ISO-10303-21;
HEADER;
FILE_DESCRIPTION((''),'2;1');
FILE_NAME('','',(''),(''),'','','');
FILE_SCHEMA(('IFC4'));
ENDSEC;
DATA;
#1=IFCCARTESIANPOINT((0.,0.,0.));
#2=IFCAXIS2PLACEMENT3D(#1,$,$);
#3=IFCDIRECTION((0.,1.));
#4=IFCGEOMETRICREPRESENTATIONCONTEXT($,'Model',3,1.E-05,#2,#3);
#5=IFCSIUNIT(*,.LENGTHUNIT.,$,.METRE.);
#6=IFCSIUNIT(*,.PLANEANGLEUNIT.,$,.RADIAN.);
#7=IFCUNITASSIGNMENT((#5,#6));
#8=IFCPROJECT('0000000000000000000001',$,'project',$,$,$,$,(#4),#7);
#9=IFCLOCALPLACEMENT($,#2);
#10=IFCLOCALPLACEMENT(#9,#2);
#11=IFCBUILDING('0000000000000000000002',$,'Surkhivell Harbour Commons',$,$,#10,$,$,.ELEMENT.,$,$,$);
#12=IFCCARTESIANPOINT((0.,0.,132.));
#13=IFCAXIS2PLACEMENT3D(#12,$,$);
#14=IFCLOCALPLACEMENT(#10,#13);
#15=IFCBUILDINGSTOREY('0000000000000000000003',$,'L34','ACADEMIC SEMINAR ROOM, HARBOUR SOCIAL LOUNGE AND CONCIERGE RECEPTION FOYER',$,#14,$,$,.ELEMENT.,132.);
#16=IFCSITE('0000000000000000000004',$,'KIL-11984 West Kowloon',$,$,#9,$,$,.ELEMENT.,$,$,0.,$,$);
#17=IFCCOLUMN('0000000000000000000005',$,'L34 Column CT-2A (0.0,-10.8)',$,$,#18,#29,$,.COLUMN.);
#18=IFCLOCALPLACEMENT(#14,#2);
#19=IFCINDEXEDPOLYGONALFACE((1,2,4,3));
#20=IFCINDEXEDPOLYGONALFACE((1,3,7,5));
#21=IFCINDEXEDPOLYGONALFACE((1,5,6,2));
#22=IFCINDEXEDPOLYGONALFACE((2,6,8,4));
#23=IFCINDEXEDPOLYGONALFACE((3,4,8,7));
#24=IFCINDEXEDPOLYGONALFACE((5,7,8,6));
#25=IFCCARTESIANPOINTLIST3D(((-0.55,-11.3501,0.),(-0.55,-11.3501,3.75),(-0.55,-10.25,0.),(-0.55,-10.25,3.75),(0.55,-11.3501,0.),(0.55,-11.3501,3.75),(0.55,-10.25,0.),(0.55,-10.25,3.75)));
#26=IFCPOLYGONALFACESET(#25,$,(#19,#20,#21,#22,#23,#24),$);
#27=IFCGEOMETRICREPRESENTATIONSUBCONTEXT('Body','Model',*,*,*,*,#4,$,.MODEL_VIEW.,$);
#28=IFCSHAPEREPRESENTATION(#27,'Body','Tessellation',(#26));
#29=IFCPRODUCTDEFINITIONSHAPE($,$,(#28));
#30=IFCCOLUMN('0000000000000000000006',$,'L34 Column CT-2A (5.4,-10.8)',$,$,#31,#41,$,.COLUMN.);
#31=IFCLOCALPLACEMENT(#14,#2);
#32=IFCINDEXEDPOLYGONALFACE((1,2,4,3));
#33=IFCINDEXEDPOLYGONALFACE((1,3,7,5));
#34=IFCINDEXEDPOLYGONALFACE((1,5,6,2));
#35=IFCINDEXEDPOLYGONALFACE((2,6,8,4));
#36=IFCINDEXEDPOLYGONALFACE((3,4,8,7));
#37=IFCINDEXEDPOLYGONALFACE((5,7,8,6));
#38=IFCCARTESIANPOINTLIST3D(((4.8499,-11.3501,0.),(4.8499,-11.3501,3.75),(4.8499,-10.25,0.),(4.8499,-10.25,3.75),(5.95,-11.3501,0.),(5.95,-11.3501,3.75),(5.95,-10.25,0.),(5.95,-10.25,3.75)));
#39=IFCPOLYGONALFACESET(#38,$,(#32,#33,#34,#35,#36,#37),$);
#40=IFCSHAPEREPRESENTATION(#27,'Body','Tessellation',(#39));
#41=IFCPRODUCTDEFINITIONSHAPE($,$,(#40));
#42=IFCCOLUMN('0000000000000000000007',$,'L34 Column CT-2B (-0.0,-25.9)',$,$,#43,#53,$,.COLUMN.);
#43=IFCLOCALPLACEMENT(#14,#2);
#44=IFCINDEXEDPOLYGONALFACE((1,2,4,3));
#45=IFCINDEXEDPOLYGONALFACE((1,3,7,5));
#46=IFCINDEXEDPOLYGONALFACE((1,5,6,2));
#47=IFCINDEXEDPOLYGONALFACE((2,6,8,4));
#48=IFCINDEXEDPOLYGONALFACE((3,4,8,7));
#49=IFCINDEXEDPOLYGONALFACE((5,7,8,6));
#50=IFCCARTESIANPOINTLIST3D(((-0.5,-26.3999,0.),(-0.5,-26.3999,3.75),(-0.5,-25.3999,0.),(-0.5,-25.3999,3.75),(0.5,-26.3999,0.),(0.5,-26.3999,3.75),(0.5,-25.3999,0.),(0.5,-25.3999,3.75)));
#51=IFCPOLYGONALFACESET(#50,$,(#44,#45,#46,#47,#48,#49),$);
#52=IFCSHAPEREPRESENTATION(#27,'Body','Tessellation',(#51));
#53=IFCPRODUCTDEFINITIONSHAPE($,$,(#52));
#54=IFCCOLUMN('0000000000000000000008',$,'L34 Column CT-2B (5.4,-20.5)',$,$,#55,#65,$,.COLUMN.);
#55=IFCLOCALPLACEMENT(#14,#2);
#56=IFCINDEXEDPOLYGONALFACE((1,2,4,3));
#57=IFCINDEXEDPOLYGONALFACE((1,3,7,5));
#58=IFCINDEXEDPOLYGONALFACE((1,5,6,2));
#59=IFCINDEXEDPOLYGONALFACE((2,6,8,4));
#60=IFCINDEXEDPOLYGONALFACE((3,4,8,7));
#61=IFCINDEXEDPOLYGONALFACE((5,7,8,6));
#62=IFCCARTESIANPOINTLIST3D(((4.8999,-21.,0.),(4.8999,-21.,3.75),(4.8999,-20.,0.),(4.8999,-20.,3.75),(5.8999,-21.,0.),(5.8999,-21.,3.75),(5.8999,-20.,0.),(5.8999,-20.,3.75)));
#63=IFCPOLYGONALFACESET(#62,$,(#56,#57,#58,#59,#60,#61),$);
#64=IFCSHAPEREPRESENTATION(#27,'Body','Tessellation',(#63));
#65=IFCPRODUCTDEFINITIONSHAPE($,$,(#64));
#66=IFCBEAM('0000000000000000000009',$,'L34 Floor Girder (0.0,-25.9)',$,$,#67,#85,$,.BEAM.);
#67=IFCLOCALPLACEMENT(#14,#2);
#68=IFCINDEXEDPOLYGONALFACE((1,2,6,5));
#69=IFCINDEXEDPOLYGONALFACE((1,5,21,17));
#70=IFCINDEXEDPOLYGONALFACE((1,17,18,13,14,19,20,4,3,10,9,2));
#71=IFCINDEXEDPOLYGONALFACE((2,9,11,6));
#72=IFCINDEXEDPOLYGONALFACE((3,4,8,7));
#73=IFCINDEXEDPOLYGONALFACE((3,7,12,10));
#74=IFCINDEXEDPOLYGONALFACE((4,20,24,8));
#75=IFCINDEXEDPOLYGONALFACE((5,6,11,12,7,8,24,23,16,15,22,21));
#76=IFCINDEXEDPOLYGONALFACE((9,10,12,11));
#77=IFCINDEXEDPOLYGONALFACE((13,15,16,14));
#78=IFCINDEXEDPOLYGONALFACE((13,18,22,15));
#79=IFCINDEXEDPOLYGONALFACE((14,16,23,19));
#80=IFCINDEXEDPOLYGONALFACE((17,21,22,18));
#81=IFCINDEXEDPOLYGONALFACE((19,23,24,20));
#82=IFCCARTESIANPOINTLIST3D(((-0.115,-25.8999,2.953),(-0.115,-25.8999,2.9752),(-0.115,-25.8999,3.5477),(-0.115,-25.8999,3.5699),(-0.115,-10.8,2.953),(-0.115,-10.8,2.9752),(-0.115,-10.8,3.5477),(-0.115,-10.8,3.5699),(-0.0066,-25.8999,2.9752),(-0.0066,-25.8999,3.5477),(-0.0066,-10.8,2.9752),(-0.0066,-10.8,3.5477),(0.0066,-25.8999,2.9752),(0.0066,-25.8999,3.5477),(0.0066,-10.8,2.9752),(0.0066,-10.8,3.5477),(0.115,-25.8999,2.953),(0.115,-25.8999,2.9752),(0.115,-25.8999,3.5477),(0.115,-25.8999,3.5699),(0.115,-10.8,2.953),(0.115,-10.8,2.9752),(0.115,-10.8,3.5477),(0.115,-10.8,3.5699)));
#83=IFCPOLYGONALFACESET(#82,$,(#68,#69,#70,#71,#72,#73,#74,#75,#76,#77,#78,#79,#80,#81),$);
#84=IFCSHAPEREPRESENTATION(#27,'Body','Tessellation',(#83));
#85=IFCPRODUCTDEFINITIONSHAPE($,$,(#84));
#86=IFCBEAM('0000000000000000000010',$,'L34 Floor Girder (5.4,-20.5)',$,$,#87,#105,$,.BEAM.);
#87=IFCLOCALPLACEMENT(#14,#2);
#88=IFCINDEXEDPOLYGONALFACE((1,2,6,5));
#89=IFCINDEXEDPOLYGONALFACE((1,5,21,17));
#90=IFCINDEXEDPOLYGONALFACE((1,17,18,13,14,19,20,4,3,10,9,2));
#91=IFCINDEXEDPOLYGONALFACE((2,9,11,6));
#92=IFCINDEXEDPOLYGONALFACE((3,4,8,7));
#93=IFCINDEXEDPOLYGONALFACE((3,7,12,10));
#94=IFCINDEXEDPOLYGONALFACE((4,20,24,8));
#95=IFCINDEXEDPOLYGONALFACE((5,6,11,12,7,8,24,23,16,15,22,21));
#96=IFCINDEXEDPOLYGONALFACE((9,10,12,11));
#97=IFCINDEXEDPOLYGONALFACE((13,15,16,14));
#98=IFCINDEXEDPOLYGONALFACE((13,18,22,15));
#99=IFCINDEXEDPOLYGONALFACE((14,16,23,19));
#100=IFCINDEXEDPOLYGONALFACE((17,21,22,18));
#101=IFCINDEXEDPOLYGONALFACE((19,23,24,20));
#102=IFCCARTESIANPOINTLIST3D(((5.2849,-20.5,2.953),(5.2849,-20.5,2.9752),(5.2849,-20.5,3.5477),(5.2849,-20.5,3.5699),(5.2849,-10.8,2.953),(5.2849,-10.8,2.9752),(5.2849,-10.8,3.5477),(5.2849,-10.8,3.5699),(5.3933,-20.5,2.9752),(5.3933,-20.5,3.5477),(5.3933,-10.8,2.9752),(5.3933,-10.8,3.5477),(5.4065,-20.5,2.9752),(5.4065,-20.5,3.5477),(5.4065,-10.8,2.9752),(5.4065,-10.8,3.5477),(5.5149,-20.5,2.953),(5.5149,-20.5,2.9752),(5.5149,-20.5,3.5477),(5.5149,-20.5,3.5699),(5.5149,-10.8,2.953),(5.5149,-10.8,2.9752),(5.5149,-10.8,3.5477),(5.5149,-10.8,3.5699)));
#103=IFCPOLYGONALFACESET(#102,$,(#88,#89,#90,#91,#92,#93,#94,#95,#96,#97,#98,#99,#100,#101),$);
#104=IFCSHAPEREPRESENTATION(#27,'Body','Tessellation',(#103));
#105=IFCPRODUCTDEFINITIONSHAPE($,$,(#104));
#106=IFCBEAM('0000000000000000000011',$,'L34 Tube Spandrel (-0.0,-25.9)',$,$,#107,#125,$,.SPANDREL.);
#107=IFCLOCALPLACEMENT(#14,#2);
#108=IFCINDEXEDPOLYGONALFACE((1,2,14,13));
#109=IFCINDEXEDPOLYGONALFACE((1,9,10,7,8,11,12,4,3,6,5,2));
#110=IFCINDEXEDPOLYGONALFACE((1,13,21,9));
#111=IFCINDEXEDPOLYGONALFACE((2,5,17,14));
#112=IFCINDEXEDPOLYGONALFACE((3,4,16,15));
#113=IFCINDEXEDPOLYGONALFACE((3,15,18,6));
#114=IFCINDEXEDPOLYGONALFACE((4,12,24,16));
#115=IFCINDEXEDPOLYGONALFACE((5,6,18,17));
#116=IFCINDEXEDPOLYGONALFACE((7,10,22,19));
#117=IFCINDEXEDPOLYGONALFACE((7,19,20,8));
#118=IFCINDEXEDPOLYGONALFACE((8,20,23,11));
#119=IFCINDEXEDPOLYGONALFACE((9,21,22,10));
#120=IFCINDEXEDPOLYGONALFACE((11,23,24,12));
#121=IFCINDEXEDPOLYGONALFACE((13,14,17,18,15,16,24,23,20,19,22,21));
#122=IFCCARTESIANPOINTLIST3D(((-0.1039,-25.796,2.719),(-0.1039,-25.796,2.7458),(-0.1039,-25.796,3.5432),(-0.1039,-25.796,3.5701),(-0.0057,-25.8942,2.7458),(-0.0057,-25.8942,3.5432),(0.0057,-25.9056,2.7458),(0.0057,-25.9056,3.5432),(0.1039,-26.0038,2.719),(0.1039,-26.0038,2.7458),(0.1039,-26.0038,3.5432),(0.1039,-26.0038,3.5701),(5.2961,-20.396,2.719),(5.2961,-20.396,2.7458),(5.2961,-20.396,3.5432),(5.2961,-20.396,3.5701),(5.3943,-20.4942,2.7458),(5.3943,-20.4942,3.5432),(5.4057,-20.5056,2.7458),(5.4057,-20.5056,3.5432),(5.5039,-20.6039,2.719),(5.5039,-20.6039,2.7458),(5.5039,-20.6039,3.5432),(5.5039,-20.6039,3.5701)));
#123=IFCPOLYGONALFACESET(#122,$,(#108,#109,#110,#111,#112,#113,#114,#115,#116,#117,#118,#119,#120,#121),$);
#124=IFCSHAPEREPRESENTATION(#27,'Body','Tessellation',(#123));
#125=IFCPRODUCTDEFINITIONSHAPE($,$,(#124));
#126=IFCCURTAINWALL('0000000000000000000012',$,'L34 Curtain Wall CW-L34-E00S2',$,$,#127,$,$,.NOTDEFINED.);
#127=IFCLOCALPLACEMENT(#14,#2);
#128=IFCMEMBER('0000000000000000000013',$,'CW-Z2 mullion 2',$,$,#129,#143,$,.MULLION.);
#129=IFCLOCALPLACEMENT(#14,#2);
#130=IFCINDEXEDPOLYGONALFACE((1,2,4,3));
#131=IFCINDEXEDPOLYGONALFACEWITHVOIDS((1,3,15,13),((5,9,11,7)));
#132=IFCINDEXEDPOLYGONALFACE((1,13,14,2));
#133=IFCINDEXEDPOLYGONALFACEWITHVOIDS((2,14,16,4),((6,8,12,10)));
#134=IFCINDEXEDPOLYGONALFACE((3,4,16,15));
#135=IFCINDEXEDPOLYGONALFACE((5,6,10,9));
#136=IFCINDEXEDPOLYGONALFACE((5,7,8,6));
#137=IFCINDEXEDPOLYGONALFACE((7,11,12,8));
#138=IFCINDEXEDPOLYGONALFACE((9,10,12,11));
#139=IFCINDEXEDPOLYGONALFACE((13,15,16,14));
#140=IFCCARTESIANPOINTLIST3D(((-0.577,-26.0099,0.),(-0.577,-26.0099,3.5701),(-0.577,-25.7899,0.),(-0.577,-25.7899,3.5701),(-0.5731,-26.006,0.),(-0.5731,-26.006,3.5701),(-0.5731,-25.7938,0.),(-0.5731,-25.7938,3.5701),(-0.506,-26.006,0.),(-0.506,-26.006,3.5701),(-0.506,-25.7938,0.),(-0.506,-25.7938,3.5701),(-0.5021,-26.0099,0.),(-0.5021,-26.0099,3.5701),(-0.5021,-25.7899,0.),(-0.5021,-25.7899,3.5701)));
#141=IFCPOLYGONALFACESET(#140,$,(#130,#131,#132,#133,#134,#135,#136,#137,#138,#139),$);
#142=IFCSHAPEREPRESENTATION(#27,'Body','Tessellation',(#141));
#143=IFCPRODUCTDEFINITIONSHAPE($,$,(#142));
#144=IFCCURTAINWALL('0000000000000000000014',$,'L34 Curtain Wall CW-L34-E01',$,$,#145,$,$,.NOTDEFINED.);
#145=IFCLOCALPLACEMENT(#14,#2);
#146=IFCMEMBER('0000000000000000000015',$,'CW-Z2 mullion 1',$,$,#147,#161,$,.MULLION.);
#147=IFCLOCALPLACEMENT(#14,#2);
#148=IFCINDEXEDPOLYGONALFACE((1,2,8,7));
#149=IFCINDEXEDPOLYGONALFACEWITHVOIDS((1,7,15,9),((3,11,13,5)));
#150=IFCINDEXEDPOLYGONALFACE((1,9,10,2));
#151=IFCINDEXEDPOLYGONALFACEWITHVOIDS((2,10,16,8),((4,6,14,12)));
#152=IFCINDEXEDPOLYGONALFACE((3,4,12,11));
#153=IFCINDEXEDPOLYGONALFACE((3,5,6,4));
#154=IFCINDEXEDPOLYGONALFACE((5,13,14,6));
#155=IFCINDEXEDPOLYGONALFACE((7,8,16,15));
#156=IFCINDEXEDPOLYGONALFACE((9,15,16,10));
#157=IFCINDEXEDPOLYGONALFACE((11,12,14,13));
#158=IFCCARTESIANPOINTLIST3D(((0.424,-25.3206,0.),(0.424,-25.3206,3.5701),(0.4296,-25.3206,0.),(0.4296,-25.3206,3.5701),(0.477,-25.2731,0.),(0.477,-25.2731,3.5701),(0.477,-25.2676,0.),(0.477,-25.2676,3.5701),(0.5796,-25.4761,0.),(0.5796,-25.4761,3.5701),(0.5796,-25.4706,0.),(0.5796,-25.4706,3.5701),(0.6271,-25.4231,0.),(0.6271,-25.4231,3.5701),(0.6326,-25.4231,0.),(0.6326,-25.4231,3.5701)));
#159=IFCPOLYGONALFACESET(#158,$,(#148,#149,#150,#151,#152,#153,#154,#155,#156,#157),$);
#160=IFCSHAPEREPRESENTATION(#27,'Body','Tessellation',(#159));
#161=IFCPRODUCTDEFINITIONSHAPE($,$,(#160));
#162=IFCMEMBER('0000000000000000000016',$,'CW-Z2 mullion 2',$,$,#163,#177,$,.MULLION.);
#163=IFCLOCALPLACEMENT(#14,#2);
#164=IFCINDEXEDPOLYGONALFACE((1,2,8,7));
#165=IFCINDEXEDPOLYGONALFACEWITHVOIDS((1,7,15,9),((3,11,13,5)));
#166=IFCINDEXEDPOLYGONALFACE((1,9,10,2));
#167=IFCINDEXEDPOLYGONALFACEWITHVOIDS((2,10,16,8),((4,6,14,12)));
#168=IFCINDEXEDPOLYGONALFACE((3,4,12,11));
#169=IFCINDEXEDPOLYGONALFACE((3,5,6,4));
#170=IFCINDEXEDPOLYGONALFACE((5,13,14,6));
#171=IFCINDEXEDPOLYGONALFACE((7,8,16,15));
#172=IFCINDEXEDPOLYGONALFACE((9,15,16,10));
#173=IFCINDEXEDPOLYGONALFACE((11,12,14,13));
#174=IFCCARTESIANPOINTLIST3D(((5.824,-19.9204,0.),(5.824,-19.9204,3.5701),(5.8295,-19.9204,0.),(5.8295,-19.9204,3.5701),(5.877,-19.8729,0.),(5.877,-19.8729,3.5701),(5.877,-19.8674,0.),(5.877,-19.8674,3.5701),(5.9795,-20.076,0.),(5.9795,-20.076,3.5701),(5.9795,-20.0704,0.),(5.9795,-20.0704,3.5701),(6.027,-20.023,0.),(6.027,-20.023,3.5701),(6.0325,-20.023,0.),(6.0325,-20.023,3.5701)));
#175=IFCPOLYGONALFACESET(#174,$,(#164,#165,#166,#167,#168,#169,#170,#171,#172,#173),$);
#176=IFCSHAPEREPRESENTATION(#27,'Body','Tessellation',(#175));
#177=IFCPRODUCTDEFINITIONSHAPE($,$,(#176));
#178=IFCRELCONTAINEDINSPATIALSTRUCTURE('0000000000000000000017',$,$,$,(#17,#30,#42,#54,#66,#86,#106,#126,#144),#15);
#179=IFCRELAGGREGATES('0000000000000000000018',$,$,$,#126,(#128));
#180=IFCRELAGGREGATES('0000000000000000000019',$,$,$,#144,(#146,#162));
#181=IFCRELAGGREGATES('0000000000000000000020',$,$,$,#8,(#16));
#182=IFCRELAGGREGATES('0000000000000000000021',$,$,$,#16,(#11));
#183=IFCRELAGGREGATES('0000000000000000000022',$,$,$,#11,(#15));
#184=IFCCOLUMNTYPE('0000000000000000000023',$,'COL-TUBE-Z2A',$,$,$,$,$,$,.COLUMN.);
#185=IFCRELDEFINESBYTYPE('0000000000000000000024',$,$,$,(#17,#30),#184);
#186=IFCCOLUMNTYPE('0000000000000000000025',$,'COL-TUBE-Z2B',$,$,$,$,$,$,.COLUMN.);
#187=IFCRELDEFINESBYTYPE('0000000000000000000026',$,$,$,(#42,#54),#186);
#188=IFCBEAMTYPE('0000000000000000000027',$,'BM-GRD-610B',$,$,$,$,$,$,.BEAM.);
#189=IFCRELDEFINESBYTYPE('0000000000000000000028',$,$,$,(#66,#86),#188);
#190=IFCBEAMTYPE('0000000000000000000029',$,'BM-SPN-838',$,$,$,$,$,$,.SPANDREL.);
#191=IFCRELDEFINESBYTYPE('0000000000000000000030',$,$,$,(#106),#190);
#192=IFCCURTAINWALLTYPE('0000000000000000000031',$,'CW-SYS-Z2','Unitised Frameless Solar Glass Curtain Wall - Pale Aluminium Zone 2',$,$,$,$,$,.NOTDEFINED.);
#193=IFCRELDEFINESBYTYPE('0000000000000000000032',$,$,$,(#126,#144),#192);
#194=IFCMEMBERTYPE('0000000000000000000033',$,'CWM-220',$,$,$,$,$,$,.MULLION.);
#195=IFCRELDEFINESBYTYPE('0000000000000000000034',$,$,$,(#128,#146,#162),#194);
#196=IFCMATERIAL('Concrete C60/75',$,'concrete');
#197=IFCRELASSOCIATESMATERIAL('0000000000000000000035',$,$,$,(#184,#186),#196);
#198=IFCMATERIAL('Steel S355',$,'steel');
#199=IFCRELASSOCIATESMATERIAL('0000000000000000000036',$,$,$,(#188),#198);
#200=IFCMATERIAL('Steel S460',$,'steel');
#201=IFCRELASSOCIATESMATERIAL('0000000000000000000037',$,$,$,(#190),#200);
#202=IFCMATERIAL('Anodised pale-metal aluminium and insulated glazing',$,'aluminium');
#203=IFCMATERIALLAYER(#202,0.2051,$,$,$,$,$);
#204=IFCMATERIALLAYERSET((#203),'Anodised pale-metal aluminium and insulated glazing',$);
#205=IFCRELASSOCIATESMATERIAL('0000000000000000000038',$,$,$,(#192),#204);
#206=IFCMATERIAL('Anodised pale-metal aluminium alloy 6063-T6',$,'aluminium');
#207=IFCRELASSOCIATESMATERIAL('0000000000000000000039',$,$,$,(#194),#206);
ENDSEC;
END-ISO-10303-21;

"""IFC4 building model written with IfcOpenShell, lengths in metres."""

from ifc_helpers import new_model, si_unit, direction, frame, origin, origin_2d, place, context, subcontext, project, spatial, rectangle, hollow_rectangle, i_section, extrude, material, layer, layer_set, material_profile, profile_set, type_object, element, aggregate, save


model = new_model("IFC4")

# Units and contexts
model_context = context("Model", 3, precision=1e-05, world=origin(), true_north=direction((0.0, 1.0)))
body_context = subcontext(model_context, "Body", "Model", "MODEL_VIEW")
ifc_project = project(units=[si_unit("LENGTHUNIT", "METRE"), si_unit("PLANEANGLEUNIT", "RADIAN")], contexts=[model_context])

# Site, building, storey
site_placement = place(None, origin())
site = spatial("IfcSite", under=ifc_project, at=site_placement, Name="KIL-11984 West Kowloon", CompositionType="ELEMENT", RefElevation=0.0)
building_placement = place(site_placement, origin())
building = spatial("IfcBuilding", under=site, at=building_placement, Name="Surkhivell Harbour Commons", CompositionType="ELEMENT")
storey_placement = place(building_placement, frame((0.0, 0.0, 132.0)))
storey = spatial("IfcBuildingStorey", under=building, at=storey_placement, Name="L34", Description="ACADEMIC SEMINAR ROOM, HARBOUR SOCIAL LOUNGE AND CONCIERGE RECEPTION FOYER", CompositionType="ELEMENT", Elevation=132.0)

# Columns
ifc_material_1 = material(Name="Concrete C60/75", Category="concrete")
ifc_material_profile_1 = material_profile(ifc_material_1, rectangle(XDim=1.1001, YDim=1.1001, at=origin_2d()), Name="RC-COL-1100x1100")
ifc_profile_set_1 = profile_set([ifc_material_profile_1], Name="Concrete C60/75")
column_type_1 = type_object("IfcColumnType", Name="COL-TUBE-Z2A", PredefinedType="COLUMN", material=ifc_profile_set_1)
for number, where, z_axis, x_axis, name in (
    (1, (0.0, -10.8, 0.0), (0.0, 0.0, 1.0), (1.0, 0.0, 0.0), "L34 Column CT-2A (0.0,-10.8)"),
    (2, (5.3999, -10.8, 0.0), (0.0, 0.0, 1.0), (1.0, 0.0, 0.0), "L34 Column CT-2A (5.4,-10.8)"),
):
    element("IfcColumn", number, at=place(storey_placement, frame(where, z_axis=z_axis, x_axis=x_axis)), inside=storey, type_object=column_type_1, Name=name, PredefinedType="COLUMN", context=body_context, shape_type="SweptSolid", body=[
        extrude(rectangle(XDim=1.1001, YDim=1.1001, at=origin_2d()), origin(), (0.0, 0.0, 1.0), 3.75),
    ])
ifc_material_profile_2 = material_profile(ifc_material_1, rectangle(XDim=1.0, YDim=1.0, at=origin_2d()), Name="RC-COL-1000x1000")
ifc_profile_set_2 = profile_set([ifc_material_profile_2], Name="Concrete C60/75")
column_type_2 = type_object("IfcColumnType", Name="COL-TUBE-Z2B", PredefinedType="COLUMN", material=ifc_profile_set_2)
for number, where, z_axis, x_axis, name in (
    (3, (0.0, -25.8999, 0.0), (0.0, 0.0, 1.0), (1.0, 0.0, 0.0), "L34 Column CT-2B (-0.0,-25.9)"),
    (4, (5.3999, -20.5, 0.0), (0.0, 0.0, 1.0), (1.0, 0.0, 0.0), "L34 Column CT-2B (5.4,-20.5)"),
):
    element("IfcColumn", number, at=place(storey_placement, frame(where, z_axis=z_axis, x_axis=x_axis)), inside=storey, type_object=column_type_2, Name=name, PredefinedType="COLUMN", context=body_context, shape_type="SweptSolid", body=[
        extrude(rectangle(XDim=1.0, YDim=1.0, at=origin_2d()), origin(), (0.0, 0.0, 1.0), 3.75),
    ])

# Beams
ifc_material_2 = material(Name="Steel S355", Category="steel")
ifc_material_profile_3 = material_profile(ifc_material_2, i_section(OverallWidth=0.23, OverallDepth=0.6169, WebThickness=0.0132, FlangeThickness=0.0222, at=origin_2d()), Name="UB610x229x140")
ifc_profile_set_3 = profile_set([ifc_material_profile_3], Name="Steel S355")
beam_type_1 = type_object("IfcBeamType", Name="BM-GRD-610B", PredefinedType="BEAM", material=ifc_profile_set_3)
beam_1_placement = place(storey_placement, frame((0.0, -25.8999, 3.2615), z_axis=(0.0, 1.0, 0.0), x_axis=(-1.0, 0.0, 0.0)))
element("IfcBeam", 5, at=beam_1_placement, inside=storey, type_object=beam_type_1, Name="L34 Floor Girder (0.0,-25.9)", PredefinedType="BEAM", context=body_context, shape_type="SweptSolid", body=[
    extrude(i_section(OverallWidth=0.23, OverallDepth=0.6169, WebThickness=0.0132, FlangeThickness=0.0222, at=origin_2d()), origin(), (0.0, 0.0, 1.0), 15.0999),
])
beam_2_placement = place(storey_placement, frame((5.3999, -20.5, 3.2615), z_axis=(0.0, 1.0, 0.0), x_axis=(-1.0, 0.0, 0.0)))
element("IfcBeam", 6, at=beam_2_placement, inside=storey, type_object=beam_type_1, Name="L34 Floor Girder (5.4,-20.5)", PredefinedType="BEAM", context=body_context, shape_type="SweptSolid", body=[
    extrude(i_section(OverallWidth=0.23, OverallDepth=0.6169, WebThickness=0.0132, FlangeThickness=0.0222, at=origin_2d()), origin(), (0.0, 0.0, 1.0), 9.7),
])
ifc_material_3 = material(Name="Steel S460", Category="steel")
ifc_material_profile_4 = material_profile(ifc_material_3, i_section(OverallWidth=0.2939, OverallDepth=0.8511, WebThickness=0.0161, FlangeThickness=0.0269, at=origin_2d()), Name="UB838x292x226")
ifc_profile_set_4 = profile_set([ifc_material_profile_4], Name="Steel S460")
beam_type_2 = type_object("IfcBeamType", Name="BM-SPN-838", PredefinedType="SPANDREL", material=ifc_profile_set_4)
beam_3_placement = place(storey_placement, frame((0.0, -25.8999, 3.1445), z_axis=(0.707107, 0.707107, 0.0), x_axis=(-0.707107, 0.707107, 0.0)))
element("IfcBeam", 7, at=beam_3_placement, inside=storey, type_object=beam_type_2, Name="L34 Tube Spandrel (-0.0,-25.9)", PredefinedType="SPANDREL", context=body_context, shape_type="SweptSolid", body=[
    extrude(i_section(OverallWidth=0.2939, OverallDepth=0.8511, WebThickness=0.0161, FlangeThickness=0.0269, at=origin_2d()), origin(), (0.0, 0.0, 1.0), 7.6367),
])

# Curtain wall, member
ifc_material_4 = material(Name="Anodised pale-metal aluminium and insulated glazing", Category="aluminium")
ifc_layer_1 = layer(ifc_material_4, 0.2051)
ifc_layer_set_1 = layer_set([ifc_layer_1], Name="Anodised pale-metal aluminium and insulated glazing")
curtain_wall_type = type_object("IfcCurtainWallType", Name="CW-SYS-Z2", Description="Unitised Frameless Solar Glass Curtain Wall - Pale Aluminium Zone 2", PredefinedType="NOTDEFINED", material=ifc_layer_set_1)
curtain_wall_1_placement = place(storey_placement, origin())
curtain_wall_1 = element("IfcCurtainWall", 8, at=curtain_wall_1_placement, inside=storey, type_object=curtain_wall_type, Name="L34 Curtain Wall CW-L34-E00S2", PredefinedType="NOTDEFINED")
ifc_material_5 = material(Name="Anodised pale-metal aluminium alloy 6063-T6", Category="aluminium")
ifc_material_profile_5 = material_profile(ifc_material_5, hollow_rectangle(XDim=0.075, YDim=0.22, WallThickness=0.0039, at=origin_2d()), Name="ALU-MULL-75x220")
ifc_profile_set_5 = profile_set([ifc_material_profile_5], Name="Anodised pale-metal aluminium alloy 6063-T6")
member_type_1 = type_object("IfcMemberType", Name="CWM-220", PredefinedType="MULLION", material=ifc_profile_set_5)
member_1_placement = place(storey_placement, frame((-0.5396, -25.8999, 0.0), z_axis=(0.0, 0.0, 1.0), x_axis=(1.0, 0.0, 0.0)))
member_1 = element("IfcMember", 9, at=member_1_placement, type_object=member_type_1, Name="CW-Z2 mullion 2", PredefinedType="MULLION", context=body_context, shape_type="SweptSolid", body=[
    extrude(hollow_rectangle(XDim=0.075, YDim=0.22, WallThickness=0.0039, at=origin_2d()), origin(), (0.0, 0.0, 1.0), 3.5701),
])
aggregate(curtain_wall_1, [member_1])

# Curtain wall, members
curtain_wall_2_placement = place(storey_placement, origin())
curtain_wall_2 = element("IfcCurtainWall", 10, at=curtain_wall_2_placement, inside=storey, type_object=curtain_wall_type, Name="L34 Curtain Wall CW-L34-E01", PredefinedType="NOTDEFINED")
member_2_placement = place(storey_placement, frame((0.5283, -25.3718, 0.0), z_axis=(0.0, 0.0, 1.0), x_axis=(0.707107, 0.707107, 0.0)))
member_2 = element("IfcMember", 11, at=member_2_placement, type_object=member_type_1, Name="CW-Z2 mullion 1", PredefinedType="MULLION", context=body_context, shape_type="SweptSolid", body=[
    extrude(hollow_rectangle(XDim=0.075, YDim=0.22, WallThickness=0.0039, at=origin_2d()), origin(), (0.0, 0.0, 1.0), 3.5701),
])
member_3_placement = place(storey_placement, frame((5.9282, -19.9717, 0.0), z_axis=(0.0, 0.0, 1.0), x_axis=(0.707107, 0.707107, 0.0)))
member_3 = element("IfcMember", 12, at=member_3_placement, type_object=member_type_1, Name="CW-Z2 mullion 2", PredefinedType="MULLION", context=body_context, shape_type="SweptSolid", body=[
    extrude(hollow_rectangle(XDim=0.075, YDim=0.22, WallThickness=0.0039, at=origin_2d()), origin(), (0.0, 0.0, 1.0), 3.5701),
])
aggregate(curtain_wall_2, [member_2, member_3])

save(model, "model.ifc")
